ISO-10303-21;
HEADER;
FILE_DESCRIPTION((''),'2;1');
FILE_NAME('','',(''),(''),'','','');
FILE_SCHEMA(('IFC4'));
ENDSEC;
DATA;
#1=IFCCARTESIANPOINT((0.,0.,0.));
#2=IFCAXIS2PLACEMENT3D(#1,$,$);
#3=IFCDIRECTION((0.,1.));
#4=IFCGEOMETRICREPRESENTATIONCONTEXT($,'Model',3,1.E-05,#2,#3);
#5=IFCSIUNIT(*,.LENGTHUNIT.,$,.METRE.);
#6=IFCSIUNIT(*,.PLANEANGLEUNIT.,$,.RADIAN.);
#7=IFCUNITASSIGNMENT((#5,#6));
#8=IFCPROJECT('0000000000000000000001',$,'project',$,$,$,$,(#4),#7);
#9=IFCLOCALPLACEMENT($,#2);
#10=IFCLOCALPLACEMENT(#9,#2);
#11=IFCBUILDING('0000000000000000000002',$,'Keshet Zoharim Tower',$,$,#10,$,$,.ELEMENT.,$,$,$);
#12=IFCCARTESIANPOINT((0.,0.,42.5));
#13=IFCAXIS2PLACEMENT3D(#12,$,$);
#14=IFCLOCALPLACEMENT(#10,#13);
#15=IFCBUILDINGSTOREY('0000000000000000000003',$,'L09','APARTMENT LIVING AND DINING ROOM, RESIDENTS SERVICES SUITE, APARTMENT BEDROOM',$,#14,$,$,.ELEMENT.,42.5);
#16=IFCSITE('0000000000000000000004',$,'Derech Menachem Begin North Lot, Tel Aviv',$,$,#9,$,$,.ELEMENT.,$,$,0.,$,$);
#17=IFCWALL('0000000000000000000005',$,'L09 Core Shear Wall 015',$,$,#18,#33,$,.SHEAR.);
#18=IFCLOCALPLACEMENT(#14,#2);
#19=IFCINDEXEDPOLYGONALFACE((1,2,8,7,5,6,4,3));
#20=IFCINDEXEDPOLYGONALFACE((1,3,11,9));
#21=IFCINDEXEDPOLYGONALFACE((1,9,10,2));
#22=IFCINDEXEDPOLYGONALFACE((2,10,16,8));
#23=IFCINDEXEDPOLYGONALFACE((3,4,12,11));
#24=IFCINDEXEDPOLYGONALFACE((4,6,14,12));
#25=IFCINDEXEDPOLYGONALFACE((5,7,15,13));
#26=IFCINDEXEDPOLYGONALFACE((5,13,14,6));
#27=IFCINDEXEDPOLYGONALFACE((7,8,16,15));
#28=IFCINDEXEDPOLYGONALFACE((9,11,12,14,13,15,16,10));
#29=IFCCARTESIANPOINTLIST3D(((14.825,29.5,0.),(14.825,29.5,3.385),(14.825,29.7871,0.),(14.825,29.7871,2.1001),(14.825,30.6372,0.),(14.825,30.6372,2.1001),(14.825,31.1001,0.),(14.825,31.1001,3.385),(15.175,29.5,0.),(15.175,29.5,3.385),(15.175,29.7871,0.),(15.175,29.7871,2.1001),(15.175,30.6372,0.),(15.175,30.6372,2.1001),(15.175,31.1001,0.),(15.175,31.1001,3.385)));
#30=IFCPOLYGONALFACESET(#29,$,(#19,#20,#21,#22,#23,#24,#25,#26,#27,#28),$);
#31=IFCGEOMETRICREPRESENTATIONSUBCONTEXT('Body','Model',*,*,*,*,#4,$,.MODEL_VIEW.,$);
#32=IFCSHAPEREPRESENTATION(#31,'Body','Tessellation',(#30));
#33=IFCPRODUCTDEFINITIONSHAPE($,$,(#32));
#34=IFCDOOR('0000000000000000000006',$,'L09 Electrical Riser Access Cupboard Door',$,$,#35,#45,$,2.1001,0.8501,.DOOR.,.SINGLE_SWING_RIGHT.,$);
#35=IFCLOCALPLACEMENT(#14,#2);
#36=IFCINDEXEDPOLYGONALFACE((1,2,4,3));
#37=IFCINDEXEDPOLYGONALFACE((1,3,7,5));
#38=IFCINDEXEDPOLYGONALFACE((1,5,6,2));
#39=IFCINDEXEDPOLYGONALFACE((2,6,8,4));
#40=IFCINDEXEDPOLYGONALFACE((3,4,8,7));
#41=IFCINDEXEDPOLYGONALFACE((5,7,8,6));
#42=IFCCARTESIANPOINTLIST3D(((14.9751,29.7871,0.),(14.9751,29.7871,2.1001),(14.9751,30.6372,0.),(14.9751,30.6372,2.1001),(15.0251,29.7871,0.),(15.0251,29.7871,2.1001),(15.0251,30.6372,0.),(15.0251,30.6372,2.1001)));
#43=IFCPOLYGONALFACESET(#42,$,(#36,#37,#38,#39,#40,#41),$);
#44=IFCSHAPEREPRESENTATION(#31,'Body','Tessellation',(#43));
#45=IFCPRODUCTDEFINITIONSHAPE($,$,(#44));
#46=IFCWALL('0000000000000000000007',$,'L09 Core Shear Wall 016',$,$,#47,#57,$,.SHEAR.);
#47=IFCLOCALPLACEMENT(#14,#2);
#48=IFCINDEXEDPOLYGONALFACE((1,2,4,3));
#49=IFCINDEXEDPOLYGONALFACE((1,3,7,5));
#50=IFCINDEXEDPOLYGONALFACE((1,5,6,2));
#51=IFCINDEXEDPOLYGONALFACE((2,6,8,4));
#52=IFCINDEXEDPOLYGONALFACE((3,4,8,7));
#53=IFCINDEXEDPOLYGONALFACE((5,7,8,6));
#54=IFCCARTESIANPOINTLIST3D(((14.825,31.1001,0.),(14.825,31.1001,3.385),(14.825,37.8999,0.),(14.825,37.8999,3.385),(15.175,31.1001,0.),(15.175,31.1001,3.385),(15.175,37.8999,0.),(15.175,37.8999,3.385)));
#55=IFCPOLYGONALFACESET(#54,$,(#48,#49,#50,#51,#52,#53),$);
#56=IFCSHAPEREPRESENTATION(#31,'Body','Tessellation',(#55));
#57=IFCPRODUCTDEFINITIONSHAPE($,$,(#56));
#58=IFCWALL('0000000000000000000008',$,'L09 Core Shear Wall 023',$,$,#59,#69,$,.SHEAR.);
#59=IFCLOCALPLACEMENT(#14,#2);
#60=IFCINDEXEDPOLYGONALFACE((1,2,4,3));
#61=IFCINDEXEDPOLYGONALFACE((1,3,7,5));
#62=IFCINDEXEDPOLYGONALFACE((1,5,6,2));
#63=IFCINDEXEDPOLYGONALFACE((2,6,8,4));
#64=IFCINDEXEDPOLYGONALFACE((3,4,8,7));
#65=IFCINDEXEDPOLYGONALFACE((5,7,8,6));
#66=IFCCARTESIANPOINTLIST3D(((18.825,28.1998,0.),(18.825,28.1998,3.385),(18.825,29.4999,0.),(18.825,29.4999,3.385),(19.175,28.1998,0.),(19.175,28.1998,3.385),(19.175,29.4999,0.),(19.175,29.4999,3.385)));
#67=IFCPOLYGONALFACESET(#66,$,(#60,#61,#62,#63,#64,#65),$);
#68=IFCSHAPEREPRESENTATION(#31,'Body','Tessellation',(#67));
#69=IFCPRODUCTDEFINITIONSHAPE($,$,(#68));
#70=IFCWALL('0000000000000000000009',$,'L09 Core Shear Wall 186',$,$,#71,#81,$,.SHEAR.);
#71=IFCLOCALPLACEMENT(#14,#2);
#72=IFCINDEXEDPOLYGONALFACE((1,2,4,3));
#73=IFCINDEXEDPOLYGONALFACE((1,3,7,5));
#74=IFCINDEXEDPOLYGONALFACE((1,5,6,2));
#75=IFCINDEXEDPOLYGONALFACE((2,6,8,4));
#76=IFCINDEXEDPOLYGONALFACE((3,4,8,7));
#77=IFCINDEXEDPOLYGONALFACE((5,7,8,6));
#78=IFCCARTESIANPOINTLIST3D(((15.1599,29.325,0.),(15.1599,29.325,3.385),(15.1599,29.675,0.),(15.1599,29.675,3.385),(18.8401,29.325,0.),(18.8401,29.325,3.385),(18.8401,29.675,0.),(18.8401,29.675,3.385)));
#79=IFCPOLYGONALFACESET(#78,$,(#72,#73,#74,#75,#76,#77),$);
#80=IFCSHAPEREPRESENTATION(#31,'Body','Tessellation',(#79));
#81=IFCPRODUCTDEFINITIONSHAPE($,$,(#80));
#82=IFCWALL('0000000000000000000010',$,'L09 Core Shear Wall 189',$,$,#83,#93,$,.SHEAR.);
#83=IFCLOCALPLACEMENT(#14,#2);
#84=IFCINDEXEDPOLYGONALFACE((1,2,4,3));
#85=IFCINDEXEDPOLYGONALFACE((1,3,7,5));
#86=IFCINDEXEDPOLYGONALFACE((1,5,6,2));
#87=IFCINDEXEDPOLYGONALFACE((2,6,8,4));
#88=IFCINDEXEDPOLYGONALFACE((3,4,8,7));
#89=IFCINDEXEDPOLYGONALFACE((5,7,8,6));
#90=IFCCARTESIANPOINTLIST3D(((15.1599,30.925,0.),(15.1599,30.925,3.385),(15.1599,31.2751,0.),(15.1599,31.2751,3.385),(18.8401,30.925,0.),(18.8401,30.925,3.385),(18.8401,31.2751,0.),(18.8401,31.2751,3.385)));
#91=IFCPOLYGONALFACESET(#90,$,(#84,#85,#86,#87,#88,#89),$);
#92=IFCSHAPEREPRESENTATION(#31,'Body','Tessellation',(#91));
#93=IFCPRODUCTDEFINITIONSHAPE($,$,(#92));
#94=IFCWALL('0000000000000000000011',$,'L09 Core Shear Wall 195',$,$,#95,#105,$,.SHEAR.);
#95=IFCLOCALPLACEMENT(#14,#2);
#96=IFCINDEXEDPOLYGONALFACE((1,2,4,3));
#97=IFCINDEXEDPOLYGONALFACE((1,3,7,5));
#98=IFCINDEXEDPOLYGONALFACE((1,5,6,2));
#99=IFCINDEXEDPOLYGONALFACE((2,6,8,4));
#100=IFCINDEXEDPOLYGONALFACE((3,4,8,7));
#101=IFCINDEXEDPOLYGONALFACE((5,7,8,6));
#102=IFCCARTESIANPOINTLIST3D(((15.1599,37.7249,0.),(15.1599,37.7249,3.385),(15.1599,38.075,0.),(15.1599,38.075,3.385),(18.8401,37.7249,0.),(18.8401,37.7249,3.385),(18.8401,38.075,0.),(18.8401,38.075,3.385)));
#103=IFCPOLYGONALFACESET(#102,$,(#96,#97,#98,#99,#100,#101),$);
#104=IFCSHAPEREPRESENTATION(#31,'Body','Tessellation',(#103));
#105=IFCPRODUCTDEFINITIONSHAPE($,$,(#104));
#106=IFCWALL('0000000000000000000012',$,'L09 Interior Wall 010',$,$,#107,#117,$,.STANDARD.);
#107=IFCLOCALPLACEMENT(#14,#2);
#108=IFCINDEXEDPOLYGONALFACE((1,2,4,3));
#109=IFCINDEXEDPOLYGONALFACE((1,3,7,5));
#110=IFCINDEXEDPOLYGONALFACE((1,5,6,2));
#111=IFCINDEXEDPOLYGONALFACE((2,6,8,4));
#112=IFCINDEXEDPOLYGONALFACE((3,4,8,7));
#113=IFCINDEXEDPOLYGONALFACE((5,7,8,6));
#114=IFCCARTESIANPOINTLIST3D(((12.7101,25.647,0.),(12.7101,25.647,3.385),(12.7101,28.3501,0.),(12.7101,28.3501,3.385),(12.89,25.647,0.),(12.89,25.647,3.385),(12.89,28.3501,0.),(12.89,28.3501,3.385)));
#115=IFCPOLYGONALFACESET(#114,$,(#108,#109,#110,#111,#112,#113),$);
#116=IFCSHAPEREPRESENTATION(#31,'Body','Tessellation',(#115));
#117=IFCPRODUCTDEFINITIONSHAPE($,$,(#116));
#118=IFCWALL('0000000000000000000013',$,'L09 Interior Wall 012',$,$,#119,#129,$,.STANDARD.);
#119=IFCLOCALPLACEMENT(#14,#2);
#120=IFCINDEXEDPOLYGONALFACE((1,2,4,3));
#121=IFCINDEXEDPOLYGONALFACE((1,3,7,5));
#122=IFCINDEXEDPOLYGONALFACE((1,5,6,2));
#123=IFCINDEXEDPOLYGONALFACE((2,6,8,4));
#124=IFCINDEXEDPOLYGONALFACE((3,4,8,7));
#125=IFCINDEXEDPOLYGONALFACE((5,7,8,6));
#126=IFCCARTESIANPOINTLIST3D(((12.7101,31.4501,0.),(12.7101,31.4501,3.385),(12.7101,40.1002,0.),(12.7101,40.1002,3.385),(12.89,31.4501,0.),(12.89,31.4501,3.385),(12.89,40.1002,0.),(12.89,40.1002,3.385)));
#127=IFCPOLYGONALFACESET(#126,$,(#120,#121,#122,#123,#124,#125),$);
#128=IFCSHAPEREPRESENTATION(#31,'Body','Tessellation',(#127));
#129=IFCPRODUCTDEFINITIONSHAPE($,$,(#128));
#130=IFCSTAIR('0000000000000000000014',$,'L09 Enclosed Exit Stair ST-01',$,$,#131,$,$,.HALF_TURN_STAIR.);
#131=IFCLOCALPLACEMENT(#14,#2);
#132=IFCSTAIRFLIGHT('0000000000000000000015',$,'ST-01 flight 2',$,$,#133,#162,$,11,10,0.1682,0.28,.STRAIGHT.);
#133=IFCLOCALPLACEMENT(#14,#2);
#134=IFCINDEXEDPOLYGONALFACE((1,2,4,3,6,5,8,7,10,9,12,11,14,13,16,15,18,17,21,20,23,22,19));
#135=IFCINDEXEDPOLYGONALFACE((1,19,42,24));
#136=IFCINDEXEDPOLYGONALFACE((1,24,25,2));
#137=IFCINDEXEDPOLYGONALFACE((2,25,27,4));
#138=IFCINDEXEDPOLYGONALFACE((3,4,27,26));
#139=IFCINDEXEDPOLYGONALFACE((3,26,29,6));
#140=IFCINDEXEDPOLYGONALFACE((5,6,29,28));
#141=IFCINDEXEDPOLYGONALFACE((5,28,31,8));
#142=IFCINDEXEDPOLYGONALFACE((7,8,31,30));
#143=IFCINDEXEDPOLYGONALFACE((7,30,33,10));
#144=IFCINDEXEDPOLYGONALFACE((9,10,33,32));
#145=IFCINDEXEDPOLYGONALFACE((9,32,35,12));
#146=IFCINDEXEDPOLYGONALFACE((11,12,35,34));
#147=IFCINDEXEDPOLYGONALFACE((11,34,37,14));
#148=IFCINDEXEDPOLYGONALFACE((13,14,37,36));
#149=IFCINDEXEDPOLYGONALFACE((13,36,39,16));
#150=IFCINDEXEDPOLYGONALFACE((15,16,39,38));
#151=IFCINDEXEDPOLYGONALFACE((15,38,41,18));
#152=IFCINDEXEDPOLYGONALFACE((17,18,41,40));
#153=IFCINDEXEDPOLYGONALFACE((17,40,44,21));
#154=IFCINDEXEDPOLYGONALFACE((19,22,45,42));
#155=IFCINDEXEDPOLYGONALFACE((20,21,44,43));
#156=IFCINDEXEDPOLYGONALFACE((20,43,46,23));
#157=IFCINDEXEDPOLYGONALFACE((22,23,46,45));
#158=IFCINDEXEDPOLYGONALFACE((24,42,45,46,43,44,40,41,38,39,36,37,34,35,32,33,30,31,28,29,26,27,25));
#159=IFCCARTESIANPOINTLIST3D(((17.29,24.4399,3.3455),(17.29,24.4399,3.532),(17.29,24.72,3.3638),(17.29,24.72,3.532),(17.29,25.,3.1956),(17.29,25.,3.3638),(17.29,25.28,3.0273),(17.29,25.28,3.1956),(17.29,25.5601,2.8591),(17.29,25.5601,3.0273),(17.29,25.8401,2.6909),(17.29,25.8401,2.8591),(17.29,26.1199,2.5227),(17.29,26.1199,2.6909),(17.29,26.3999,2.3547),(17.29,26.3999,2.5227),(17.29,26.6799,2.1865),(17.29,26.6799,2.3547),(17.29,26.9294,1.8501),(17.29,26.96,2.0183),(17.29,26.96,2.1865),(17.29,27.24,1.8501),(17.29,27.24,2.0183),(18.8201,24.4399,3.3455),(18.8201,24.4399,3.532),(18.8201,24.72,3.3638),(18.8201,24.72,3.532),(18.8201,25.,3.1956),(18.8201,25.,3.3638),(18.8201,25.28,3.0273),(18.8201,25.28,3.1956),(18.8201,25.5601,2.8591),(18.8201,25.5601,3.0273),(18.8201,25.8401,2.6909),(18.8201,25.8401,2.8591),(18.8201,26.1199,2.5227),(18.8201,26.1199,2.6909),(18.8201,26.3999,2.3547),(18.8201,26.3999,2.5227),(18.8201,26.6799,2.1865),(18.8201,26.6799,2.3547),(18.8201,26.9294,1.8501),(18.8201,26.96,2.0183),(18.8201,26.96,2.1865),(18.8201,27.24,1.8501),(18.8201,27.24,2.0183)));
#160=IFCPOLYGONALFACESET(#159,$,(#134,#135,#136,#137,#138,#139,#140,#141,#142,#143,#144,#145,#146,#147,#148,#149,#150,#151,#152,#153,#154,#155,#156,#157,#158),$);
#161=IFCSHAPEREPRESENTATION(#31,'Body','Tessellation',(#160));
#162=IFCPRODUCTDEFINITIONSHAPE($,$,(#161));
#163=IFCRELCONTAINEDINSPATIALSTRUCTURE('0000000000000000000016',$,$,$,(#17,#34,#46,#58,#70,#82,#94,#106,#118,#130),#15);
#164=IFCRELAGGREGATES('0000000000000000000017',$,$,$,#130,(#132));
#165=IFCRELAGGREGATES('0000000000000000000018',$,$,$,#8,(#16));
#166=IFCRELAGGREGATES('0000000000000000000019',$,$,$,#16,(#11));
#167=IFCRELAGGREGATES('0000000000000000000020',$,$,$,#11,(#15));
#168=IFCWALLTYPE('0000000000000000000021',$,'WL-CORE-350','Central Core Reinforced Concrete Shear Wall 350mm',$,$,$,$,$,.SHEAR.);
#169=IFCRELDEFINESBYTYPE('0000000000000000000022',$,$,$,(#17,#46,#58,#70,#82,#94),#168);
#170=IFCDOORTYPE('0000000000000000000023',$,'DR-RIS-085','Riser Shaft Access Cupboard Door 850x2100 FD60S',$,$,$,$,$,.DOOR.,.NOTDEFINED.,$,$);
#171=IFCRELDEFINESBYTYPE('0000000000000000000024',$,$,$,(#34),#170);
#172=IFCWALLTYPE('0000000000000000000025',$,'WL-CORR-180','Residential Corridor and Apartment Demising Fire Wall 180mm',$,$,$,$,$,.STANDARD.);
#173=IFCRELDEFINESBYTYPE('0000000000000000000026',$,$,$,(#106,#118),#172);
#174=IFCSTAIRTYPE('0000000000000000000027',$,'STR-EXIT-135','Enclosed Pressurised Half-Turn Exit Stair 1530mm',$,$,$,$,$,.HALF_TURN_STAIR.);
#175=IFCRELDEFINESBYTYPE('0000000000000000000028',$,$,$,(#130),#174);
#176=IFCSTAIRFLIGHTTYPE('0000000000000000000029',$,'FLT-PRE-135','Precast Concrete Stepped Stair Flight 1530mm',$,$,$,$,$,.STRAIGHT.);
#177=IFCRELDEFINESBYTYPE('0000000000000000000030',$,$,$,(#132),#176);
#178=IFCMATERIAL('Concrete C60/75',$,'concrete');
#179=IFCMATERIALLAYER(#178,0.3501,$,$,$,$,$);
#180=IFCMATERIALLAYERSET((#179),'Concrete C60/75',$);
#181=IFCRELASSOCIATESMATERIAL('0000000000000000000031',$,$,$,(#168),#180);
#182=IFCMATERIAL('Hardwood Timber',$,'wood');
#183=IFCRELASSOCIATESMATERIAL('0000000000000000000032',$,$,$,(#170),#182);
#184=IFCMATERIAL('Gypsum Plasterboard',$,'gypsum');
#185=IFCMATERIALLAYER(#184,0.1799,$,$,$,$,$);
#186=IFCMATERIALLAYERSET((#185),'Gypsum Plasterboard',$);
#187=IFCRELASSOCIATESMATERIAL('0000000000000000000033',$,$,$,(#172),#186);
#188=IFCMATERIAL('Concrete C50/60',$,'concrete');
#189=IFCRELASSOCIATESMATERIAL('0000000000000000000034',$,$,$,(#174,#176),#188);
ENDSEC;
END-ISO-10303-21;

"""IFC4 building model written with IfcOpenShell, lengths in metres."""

from ifc_helpers import new_model, si_unit, direction, frame, frame_2d, origin, place, context, subcontext, project, spatial, polyline, rectangle, outline, extrude, material, layer, layer_set, type_object, element, fill, aggregate, save


model = new_model("IFC4")

# Units and contexts
model_context = context("Model", 3, precision=1e-05, world=origin(), true_north=direction((0.0, 1.0)))
body_context = subcontext(model_context, "Body", "Model", "MODEL_VIEW")
ifc_project = project(units=[si_unit("LENGTHUNIT", "METRE"), si_unit("PLANEANGLEUNIT", "RADIAN")], contexts=[model_context])

# Site, building, storey
site_placement = place(None, origin())
site = spatial("IfcSite", under=ifc_project, at=site_placement, Name="Derech Menachem Begin North Lot, Tel Aviv", CompositionType="ELEMENT", RefElevation=0.0)
building_placement = place(site_placement, origin())
building = spatial("IfcBuilding", under=site, at=building_placement, Name="Keshet Zoharim Tower", CompositionType="ELEMENT")
storey_placement = place(building_placement, frame((0.0, 0.0, 42.5)))
storey = spatial("IfcBuildingStorey", under=building, at=storey_placement, Name="L09", Description="APARTMENT LIVING AND DINING ROOM, RESIDENTS SERVICES SUITE, APARTMENT BEDROOM", CompositionType="ELEMENT", Elevation=42.5)

# Wall, opening, door
ifc_material_1 = material(Name="Concrete C60/75", Category="concrete")
ifc_layer_1 = layer(ifc_material_1, 0.3501)
ifc_layer_set_1 = layer_set([ifc_layer_1], Name="Concrete C60/75")
wall_type_1 = type_object("IfcWallType", Name="WL-CORE-350", Description="Central Core Reinforced Concrete Shear Wall 350mm", PredefinedType="SHEAR", material=ifc_layer_set_1)
wall_1_placement = place(storey_placement, frame((15.0, 29.5, 0.0), z_axis=(0.0, 0.0, 1.0), x_axis=(0.0, 1.0, 0.0)))
wall_1 = element("IfcWall", 1, at=wall_1_placement, inside=storey, type_object=wall_type_1, Name="L09 Core Shear Wall 015", PredefinedType="SHEAR", context=body_context, shape_type="SweptSolid", body=[
    extrude(rectangle(XDim=1.6001, YDim=0.3501, at=frame_2d((0.8, 0.0))), origin(), (0.0, 0.0, 1.0), 3.385),
])
opening_1_placement = place(wall_1_placement, frame((0.2871, 0.0, 0.0)))
opening_1 = element("IfcOpeningElement", 2, at=opening_1_placement, cuts=wall_1, PredefinedType="OPENING", context=body_context, shape_type="SweptSolid", body=[
    extrude(rectangle(XDim=0.8501, YDim=2.1001, at=frame_2d((0.425, 1.05))), frame((0.0, 0.1851, 0.0), z_axis=(0.0, -1.0, 0.0), x_axis=(1.0, 0.0, 0.0)), (0.0, 0.0, 1.0), 0.3701),
])
ifc_material_2 = material(Name="Hardwood Timber", Category="wood")
door_type_1 = type_object("IfcDoorType", Name="DR-RIS-085", Description="Riser Shaft Access Cupboard Door 850x2100 FD60S", OperationType="NOTDEFINED", PredefinedType="DOOR", material=ifc_material_2)
door_1_placement = place(opening_1_placement, origin())
door_1 = element("IfcDoor", 3, at=door_1_placement, inside=storey, type_object=door_type_1, Name="L09 Electrical Riser Access Cupboard Door", OperationType="SINGLE_SWING_RIGHT", OverallHeight=2.1001, OverallWidth=0.8501, PredefinedType="DOOR", context=body_context, shape_type="SweptSolid", body=[
    extrude(rectangle(XDim=0.8501, YDim=2.1001, at=frame_2d((0.425, 1.05))), frame((0.0, 0.0249, 0.0), z_axis=(0.0, -1.0, 0.0), x_axis=(1.0, 0.0, 0.0)), (0.0, 0.0, 1.0), 0.05),
])
fill(opening_1, door_1)

# Walls
wall_2_placement = place(storey_placement, frame((15.0, 31.1001, 0.0), z_axis=(0.0, 0.0, 1.0), x_axis=(0.0, 1.0, 0.0)))
element("IfcWall", 4, at=wall_2_placement, inside=storey, type_object=wall_type_1, Name="L09 Core Shear Wall 016", PredefinedType="SHEAR", context=body_context, shape_type="SweptSolid", body=[
    extrude(rectangle(XDim=6.7998, YDim=0.3501, at=frame_2d((3.3999, 0.0))), origin(), (0.0, 0.0, 1.0), 3.385),
])
wall_3_placement = place(storey_placement, frame((19.0, 28.2, 0.0), z_axis=(0.0, 0.0, 1.0), x_axis=(0.0, 1.0, 0.0)))
element("IfcWall", 5, at=wall_3_placement, inside=storey, type_object=wall_type_1, Name="L09 Core Shear Wall 023", PredefinedType="SHEAR", context=body_context, shape_type="SweptSolid", body=[
    extrude(rectangle(XDim=1.3, YDim=0.3501, at=frame_2d((0.6499, 0.0))), origin(), (0.0, 0.0, 1.0), 3.385),
])

# Walls
for number, where, z_axis, x_axis, name in (
    (6, (15.1599, 29.5, 0.0), (0.0, 0.0, 1.0), (1.0, 0.0, 0.0), "L09 Core Shear Wall 186"),
    (7, (15.1599, 31.1001, 0.0), (0.0, 0.0, 1.0), (1.0, 0.0, 0.0), "L09 Core Shear Wall 189"),
    (8, (15.1599, 37.8999, 0.0), (0.0, 0.0, 1.0), (1.0, 0.0, 0.0), "L09 Core Shear Wall 195"),
):
    element("IfcWall", number, at=place(storey_placement, frame(where, z_axis=z_axis, x_axis=x_axis)), inside=storey, type_object=wall_type_1, Name=name, PredefinedType="SHEAR", context=body_context, shape_type="SweptSolid", body=[
        extrude(rectangle(XDim=3.6802, YDim=0.3501, at=frame_2d((1.8401, 0.0))), origin(), (0.0, 0.0, 1.0), 3.385),
    ])
ifc_material_3 = material(Name="Gypsum Plasterboard", Category="gypsum")
ifc_layer_2 = layer(ifc_material_3, 0.1799)
ifc_layer_set_2 = layer_set([ifc_layer_2], Name="Gypsum Plasterboard")
wall_type_2 = type_object("IfcWallType", Name="WL-CORR-180", Description="Residential Corridor and Apartment Demising Fire Wall 180mm", PredefinedType="STANDARD", material=ifc_layer_set_2)
wall_4_placement = place(storey_placement, frame((12.8, 25.647, 0.0), z_axis=(0.0, 0.0, 1.0), x_axis=(0.0, 1.0, 0.0)))
element("IfcWall", 9, at=wall_4_placement, inside=storey, type_object=wall_type_2, Name="L09 Interior Wall 010", PredefinedType="STANDARD", context=body_context, shape_type="SweptSolid", body=[
    extrude(rectangle(XDim=2.7031, YDim=0.1799, at=frame_2d((1.3516, 0.0))), origin(), (0.0, 0.0, 1.0), 3.385),
])

# Wall
wall_5_placement = place(storey_placement, frame((12.8, 31.45, 0.0), z_axis=(0.0, 0.0, 1.0), x_axis=(0.0, 1.0, 0.0)))
element("IfcWall", 10, at=wall_5_placement, inside=storey, type_object=wall_type_2, Name="L09 Interior Wall 012", PredefinedType="STANDARD", context=body_context, shape_type="SweptSolid", body=[
    extrude(rectangle(XDim=8.6501, YDim=0.1799, at=frame_2d((4.3252, 0.0))), origin(), (0.0, 0.0, 1.0), 3.385),
])

# Stair, stair flight
ifc_material_4 = material(Name="Concrete C50/60", Category="concrete")
stair_type = type_object("IfcStairType", Name="STR-EXIT-135", Description="Enclosed Pressurised Half-Turn Exit Stair 1530mm", PredefinedType="HALF_TURN_STAIR", material=ifc_material_4)
stair_1_placement = place(storey_placement, origin())
stair_1 = element("IfcStair", 11, at=stair_1_placement, inside=storey, type_object=stair_type, Name="L09 Enclosed Exit Stair ST-01", PredefinedType="HALF_TURN_STAIR")
stair_flight_type = type_object("IfcStairFlightType", Name="FLT-PRE-135", Description="Precast Concrete Stepped Stair Flight 1530mm", PredefinedType="STRAIGHT", material=ifc_material_4)
stair_flight_1_placement = place(storey_placement, frame((18.0549, 27.24, 1.8501), z_axis=(0.0, 0.0, 1.0), x_axis=(0.0, -1.0, 0.0)))
stair_flight_1 = element("IfcStairFlight", 12, at=stair_flight_1_placement, type_object=stair_flight_type, Name="ST-01 flight 2", NumberOfRisers=11, NumberOfTreads=10, PredefinedType="STRAIGHT", RiserHeight=0.1682, TreadLength=0.28, context=body_context, shape_type="SweptSolid", body=[
    extrude(outline(polyline([(0.0, 0.0), (0.0, 0.1682), (0.28, 0.1682), (0.28, 0.3364), (0.5601, 0.3364), (0.5601, 0.5046), (0.8401, 0.5046), (0.8401, 0.6726), (1.1201, 0.6726), (1.1201, 0.8408), (1.3999, 0.8408), (1.3999, 1.009), (1.6799, 1.009), (1.6799, 1.1772), (1.96, 1.1772), (1.96, 1.3455), (2.24, 1.3455), (2.24, 1.5137), (2.52, 1.5137), (2.52, 1.6819), (2.8, 1.6819), (2.8, 1.8501), (2.8, 1.4954), (0.3105, 0.0), (0.0, 0.0)])), frame((0.0, 0.7651, 0.0), z_axis=(0.0, -1.0, 0.0), x_axis=(1.0, 0.0, 0.0)), (0.0, 0.0, 1.0), 1.53),
])
aggregate(stair_1, [stair_flight_1])

save(model, "model.ifc")
